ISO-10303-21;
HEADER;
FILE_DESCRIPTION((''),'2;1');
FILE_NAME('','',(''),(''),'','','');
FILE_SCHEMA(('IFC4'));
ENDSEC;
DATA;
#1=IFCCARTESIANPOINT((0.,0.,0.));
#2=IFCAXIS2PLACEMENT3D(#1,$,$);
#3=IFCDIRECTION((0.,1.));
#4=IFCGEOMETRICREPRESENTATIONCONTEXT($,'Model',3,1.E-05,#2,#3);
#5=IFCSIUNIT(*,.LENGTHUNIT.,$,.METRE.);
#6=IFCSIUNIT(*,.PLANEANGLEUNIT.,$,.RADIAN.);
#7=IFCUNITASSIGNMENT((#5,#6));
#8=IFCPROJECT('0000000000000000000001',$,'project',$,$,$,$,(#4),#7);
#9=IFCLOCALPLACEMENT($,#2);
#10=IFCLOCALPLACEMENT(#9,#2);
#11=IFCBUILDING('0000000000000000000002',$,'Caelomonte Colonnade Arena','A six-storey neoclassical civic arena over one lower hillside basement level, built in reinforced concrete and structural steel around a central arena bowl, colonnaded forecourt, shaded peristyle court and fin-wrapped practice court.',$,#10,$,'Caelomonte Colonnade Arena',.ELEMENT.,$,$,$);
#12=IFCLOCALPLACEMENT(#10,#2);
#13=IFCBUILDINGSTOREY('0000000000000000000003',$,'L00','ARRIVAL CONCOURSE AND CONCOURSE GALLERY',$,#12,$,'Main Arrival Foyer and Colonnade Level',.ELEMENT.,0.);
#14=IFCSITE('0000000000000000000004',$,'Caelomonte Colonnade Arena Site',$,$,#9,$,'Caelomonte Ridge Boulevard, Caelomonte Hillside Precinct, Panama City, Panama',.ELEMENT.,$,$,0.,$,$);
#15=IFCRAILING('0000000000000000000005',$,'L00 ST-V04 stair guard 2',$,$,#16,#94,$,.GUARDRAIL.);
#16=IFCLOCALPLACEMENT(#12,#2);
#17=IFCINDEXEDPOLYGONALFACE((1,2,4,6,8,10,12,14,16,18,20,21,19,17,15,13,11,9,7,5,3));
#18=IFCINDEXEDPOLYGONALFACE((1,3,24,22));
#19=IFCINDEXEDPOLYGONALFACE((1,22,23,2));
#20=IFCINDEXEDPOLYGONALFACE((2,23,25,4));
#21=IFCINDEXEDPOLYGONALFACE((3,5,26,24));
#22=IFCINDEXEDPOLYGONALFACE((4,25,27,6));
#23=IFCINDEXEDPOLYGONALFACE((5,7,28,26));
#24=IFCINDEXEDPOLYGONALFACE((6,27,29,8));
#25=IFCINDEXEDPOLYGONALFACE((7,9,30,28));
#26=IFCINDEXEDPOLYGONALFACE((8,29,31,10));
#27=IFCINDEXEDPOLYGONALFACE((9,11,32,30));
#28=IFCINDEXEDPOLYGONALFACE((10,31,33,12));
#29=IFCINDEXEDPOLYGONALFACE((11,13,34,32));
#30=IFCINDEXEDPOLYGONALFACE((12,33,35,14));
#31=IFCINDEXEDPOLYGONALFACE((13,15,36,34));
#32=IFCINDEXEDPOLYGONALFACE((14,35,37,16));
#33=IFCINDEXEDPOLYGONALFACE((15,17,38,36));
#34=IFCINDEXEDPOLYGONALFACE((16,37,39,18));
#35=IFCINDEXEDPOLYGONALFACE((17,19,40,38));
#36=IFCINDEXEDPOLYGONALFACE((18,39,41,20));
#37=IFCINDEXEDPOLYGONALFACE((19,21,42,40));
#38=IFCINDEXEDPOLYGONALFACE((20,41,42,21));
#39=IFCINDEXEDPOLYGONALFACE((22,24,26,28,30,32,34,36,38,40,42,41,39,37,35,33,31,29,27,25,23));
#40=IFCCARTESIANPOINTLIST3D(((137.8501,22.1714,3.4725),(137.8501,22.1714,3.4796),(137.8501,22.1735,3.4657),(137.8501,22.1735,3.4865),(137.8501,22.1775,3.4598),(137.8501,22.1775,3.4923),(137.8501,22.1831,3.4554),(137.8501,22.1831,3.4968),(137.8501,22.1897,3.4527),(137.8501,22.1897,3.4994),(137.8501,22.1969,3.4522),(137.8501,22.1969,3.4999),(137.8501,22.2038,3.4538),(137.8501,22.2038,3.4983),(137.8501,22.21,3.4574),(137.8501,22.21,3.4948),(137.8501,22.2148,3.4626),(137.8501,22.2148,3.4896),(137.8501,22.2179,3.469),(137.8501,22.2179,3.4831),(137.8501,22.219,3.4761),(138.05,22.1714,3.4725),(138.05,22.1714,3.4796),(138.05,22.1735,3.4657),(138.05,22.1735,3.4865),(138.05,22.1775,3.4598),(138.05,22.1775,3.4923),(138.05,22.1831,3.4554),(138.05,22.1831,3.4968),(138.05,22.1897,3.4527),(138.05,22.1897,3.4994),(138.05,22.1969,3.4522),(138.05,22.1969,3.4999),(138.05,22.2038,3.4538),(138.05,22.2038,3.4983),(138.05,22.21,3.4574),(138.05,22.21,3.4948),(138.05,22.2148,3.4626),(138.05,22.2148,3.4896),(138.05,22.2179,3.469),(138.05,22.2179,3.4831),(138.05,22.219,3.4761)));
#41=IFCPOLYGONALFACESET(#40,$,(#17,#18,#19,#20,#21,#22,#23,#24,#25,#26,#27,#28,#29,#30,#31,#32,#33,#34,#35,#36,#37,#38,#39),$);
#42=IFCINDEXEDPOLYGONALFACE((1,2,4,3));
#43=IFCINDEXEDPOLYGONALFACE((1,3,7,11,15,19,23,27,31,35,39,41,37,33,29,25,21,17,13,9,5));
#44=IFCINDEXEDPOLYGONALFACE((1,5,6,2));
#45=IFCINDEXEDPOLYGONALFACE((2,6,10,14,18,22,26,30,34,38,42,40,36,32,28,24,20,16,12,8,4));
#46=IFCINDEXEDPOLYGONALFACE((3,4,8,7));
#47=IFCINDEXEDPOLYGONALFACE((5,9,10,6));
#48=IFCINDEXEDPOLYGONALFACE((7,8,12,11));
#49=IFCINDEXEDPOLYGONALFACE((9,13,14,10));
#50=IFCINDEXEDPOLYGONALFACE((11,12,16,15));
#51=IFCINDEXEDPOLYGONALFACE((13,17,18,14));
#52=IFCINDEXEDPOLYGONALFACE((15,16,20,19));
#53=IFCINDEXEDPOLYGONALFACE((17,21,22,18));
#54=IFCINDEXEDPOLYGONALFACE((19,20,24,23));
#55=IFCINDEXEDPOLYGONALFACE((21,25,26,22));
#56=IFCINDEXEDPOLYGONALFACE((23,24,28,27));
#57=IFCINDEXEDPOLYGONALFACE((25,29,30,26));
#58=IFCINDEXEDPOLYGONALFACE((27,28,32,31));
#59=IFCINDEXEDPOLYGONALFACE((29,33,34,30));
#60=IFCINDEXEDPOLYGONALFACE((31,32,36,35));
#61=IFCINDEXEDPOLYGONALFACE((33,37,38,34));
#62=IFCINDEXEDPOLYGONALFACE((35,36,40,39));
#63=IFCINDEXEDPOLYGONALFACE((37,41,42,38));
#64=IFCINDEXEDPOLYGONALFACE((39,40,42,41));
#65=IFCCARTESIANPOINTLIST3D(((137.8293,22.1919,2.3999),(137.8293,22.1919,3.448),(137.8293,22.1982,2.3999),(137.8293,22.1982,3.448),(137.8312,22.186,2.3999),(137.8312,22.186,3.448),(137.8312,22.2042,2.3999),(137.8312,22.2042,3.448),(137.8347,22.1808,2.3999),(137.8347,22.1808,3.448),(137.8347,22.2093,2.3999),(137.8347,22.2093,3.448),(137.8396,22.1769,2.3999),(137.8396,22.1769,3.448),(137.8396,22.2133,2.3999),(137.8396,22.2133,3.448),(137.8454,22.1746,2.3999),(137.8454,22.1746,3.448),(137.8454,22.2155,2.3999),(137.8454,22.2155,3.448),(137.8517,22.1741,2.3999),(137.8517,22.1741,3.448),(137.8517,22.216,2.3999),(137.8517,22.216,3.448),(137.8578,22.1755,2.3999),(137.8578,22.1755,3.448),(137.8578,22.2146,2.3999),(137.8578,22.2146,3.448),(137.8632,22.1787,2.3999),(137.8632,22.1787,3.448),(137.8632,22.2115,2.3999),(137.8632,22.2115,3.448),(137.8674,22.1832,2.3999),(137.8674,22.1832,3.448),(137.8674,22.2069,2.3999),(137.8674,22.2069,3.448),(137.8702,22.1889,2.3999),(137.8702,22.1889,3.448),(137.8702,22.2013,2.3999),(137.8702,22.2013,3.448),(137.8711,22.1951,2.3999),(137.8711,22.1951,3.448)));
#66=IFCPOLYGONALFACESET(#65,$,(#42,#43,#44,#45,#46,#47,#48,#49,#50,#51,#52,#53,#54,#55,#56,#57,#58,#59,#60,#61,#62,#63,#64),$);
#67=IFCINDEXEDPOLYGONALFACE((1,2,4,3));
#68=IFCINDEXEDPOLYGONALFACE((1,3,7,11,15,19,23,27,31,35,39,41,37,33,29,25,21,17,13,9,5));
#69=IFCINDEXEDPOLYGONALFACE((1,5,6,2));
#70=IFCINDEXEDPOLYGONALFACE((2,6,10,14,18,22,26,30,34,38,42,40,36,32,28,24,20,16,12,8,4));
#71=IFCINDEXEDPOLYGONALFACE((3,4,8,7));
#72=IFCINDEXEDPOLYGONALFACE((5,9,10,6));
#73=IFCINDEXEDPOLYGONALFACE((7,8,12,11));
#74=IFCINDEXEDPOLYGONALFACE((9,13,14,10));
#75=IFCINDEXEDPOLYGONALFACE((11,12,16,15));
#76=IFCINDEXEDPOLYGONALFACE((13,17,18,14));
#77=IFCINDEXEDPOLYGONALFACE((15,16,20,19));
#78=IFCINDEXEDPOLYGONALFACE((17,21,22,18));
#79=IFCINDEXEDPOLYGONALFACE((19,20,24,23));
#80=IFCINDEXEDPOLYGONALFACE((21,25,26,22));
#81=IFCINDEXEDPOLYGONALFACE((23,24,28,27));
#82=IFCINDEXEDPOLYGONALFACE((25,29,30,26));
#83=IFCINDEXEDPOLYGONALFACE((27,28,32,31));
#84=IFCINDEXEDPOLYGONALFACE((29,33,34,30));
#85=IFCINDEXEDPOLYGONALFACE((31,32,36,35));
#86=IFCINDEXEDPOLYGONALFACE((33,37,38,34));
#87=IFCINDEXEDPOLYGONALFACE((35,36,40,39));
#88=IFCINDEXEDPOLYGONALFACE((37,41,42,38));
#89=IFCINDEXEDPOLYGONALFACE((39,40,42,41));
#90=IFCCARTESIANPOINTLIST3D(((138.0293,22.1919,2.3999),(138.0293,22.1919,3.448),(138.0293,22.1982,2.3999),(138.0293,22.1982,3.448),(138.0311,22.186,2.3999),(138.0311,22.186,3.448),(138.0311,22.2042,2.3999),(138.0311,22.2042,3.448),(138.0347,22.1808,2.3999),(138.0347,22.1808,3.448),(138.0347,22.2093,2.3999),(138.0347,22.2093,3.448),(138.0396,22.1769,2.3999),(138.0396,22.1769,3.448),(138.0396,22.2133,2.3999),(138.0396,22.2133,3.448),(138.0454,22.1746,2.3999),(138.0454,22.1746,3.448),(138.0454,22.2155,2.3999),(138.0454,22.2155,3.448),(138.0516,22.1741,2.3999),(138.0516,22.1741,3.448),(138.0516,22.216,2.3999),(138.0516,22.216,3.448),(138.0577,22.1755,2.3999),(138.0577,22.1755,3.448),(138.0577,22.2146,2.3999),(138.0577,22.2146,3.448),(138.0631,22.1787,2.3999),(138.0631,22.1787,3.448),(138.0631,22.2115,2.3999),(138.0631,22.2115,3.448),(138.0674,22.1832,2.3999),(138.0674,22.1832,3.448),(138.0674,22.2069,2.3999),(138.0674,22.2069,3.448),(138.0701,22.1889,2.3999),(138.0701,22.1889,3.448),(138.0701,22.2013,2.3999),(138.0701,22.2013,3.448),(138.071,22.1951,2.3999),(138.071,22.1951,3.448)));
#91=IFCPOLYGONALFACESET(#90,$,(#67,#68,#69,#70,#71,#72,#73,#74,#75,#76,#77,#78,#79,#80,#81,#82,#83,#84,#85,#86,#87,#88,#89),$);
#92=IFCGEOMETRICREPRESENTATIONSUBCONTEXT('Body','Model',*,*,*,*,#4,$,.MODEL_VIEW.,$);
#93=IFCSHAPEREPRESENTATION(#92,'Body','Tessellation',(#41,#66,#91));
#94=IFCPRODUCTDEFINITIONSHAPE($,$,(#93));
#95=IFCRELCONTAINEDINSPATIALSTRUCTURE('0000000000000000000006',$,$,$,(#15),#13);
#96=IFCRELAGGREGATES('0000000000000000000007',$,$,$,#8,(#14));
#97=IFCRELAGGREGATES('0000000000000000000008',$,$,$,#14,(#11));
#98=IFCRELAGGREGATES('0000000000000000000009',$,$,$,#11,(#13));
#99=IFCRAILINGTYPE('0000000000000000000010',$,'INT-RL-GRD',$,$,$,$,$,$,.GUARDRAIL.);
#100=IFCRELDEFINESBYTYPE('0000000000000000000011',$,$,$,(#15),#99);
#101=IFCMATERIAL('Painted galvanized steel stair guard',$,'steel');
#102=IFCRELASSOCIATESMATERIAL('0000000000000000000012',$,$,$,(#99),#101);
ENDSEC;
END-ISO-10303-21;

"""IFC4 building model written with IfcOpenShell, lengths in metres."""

from ifc_helpers import new_model, si_unit, direction, frame, origin, origin_2d, place, context, subcontext, project, spatial, circle, extrude, material, type_object, element, save


model = new_model("IFC4")

# Units and contexts
model_context = context("Model", 3, precision=1e-05, world=origin(), true_north=direction((0.0, 1.0)))
body_context = subcontext(model_context, "Body", "Model", "MODEL_VIEW")
ifc_project = project(units=[si_unit("LENGTHUNIT", "METRE"), si_unit("PLANEANGLEUNIT", "RADIAN")], contexts=[model_context])

# Site, building, storey
site_placement = place(None, origin())
site = spatial("IfcSite", under=ifc_project, at=site_placement, Name="Caelomonte Colonnade Arena Site", LongName="Caelomonte Ridge Boulevard, Caelomonte Hillside Precinct, Panama City, Panama", CompositionType="ELEMENT", RefElevation=0.0)
building_placement = place(site_placement, origin())
building = spatial("IfcBuilding", under=site, at=building_placement, Name="Caelomonte Colonnade Arena", Description="A six-storey neoclassical civic arena over one lower hillside basement level, built in reinforced concrete and structural steel around a central arena bowl, colonnaded forecourt, shaded peristyle court and fin-wrapped practice court.", LongName="Caelomonte Colonnade Arena", CompositionType="ELEMENT")
storey_placement = place(building_placement, origin())
storey = spatial("IfcBuildingStorey", under=building, at=storey_placement, Name="L00", Description="ARRIVAL CONCOURSE AND CONCOURSE GALLERY", LongName="Main Arrival Foyer and Colonnade Level", CompositionType="ELEMENT", Elevation=0.0)

# Railing
ifc_material_1 = material(Name="Painted galvanized steel stair guard", Category="steel")
railing_type_1 = type_object("IfcRailingType", Name="INT-RL-GRD", PredefinedType="GUARDRAIL", material=ifc_material_1)
railing_1_placement = place(storey_placement, frame((137.8501, 22.1951, 2.3999)))
element("IfcRailing", 1, at=railing_1_placement, inside=storey, type_object=railing_type_1, Name="L00 ST-V04 stair guard 2", PredefinedType="GUARDRAIL", context=body_context, shape_type="SweptSolid", body=[
    extrude(circle(Radius=0.0239, at=origin_2d()), frame((0.0, 0.0, 1.0762), z_axis=(1.0, 0.0, 0.0), x_axis=(0.0, 1.0, 0.0)), (0.0, 0.0, 1.0), 0.2),
    extrude(circle(Radius=0.021, at=origin_2d()), origin(), (0.0, 0.0, 1.0), 1.0481),
    extrude(circle(Radius=0.021, at=origin_2d()), frame((0.2, 0.0, 0.0)), (0.0, 0.0, 1.0), 1.0481),
])

save(model, "model.ifc")
